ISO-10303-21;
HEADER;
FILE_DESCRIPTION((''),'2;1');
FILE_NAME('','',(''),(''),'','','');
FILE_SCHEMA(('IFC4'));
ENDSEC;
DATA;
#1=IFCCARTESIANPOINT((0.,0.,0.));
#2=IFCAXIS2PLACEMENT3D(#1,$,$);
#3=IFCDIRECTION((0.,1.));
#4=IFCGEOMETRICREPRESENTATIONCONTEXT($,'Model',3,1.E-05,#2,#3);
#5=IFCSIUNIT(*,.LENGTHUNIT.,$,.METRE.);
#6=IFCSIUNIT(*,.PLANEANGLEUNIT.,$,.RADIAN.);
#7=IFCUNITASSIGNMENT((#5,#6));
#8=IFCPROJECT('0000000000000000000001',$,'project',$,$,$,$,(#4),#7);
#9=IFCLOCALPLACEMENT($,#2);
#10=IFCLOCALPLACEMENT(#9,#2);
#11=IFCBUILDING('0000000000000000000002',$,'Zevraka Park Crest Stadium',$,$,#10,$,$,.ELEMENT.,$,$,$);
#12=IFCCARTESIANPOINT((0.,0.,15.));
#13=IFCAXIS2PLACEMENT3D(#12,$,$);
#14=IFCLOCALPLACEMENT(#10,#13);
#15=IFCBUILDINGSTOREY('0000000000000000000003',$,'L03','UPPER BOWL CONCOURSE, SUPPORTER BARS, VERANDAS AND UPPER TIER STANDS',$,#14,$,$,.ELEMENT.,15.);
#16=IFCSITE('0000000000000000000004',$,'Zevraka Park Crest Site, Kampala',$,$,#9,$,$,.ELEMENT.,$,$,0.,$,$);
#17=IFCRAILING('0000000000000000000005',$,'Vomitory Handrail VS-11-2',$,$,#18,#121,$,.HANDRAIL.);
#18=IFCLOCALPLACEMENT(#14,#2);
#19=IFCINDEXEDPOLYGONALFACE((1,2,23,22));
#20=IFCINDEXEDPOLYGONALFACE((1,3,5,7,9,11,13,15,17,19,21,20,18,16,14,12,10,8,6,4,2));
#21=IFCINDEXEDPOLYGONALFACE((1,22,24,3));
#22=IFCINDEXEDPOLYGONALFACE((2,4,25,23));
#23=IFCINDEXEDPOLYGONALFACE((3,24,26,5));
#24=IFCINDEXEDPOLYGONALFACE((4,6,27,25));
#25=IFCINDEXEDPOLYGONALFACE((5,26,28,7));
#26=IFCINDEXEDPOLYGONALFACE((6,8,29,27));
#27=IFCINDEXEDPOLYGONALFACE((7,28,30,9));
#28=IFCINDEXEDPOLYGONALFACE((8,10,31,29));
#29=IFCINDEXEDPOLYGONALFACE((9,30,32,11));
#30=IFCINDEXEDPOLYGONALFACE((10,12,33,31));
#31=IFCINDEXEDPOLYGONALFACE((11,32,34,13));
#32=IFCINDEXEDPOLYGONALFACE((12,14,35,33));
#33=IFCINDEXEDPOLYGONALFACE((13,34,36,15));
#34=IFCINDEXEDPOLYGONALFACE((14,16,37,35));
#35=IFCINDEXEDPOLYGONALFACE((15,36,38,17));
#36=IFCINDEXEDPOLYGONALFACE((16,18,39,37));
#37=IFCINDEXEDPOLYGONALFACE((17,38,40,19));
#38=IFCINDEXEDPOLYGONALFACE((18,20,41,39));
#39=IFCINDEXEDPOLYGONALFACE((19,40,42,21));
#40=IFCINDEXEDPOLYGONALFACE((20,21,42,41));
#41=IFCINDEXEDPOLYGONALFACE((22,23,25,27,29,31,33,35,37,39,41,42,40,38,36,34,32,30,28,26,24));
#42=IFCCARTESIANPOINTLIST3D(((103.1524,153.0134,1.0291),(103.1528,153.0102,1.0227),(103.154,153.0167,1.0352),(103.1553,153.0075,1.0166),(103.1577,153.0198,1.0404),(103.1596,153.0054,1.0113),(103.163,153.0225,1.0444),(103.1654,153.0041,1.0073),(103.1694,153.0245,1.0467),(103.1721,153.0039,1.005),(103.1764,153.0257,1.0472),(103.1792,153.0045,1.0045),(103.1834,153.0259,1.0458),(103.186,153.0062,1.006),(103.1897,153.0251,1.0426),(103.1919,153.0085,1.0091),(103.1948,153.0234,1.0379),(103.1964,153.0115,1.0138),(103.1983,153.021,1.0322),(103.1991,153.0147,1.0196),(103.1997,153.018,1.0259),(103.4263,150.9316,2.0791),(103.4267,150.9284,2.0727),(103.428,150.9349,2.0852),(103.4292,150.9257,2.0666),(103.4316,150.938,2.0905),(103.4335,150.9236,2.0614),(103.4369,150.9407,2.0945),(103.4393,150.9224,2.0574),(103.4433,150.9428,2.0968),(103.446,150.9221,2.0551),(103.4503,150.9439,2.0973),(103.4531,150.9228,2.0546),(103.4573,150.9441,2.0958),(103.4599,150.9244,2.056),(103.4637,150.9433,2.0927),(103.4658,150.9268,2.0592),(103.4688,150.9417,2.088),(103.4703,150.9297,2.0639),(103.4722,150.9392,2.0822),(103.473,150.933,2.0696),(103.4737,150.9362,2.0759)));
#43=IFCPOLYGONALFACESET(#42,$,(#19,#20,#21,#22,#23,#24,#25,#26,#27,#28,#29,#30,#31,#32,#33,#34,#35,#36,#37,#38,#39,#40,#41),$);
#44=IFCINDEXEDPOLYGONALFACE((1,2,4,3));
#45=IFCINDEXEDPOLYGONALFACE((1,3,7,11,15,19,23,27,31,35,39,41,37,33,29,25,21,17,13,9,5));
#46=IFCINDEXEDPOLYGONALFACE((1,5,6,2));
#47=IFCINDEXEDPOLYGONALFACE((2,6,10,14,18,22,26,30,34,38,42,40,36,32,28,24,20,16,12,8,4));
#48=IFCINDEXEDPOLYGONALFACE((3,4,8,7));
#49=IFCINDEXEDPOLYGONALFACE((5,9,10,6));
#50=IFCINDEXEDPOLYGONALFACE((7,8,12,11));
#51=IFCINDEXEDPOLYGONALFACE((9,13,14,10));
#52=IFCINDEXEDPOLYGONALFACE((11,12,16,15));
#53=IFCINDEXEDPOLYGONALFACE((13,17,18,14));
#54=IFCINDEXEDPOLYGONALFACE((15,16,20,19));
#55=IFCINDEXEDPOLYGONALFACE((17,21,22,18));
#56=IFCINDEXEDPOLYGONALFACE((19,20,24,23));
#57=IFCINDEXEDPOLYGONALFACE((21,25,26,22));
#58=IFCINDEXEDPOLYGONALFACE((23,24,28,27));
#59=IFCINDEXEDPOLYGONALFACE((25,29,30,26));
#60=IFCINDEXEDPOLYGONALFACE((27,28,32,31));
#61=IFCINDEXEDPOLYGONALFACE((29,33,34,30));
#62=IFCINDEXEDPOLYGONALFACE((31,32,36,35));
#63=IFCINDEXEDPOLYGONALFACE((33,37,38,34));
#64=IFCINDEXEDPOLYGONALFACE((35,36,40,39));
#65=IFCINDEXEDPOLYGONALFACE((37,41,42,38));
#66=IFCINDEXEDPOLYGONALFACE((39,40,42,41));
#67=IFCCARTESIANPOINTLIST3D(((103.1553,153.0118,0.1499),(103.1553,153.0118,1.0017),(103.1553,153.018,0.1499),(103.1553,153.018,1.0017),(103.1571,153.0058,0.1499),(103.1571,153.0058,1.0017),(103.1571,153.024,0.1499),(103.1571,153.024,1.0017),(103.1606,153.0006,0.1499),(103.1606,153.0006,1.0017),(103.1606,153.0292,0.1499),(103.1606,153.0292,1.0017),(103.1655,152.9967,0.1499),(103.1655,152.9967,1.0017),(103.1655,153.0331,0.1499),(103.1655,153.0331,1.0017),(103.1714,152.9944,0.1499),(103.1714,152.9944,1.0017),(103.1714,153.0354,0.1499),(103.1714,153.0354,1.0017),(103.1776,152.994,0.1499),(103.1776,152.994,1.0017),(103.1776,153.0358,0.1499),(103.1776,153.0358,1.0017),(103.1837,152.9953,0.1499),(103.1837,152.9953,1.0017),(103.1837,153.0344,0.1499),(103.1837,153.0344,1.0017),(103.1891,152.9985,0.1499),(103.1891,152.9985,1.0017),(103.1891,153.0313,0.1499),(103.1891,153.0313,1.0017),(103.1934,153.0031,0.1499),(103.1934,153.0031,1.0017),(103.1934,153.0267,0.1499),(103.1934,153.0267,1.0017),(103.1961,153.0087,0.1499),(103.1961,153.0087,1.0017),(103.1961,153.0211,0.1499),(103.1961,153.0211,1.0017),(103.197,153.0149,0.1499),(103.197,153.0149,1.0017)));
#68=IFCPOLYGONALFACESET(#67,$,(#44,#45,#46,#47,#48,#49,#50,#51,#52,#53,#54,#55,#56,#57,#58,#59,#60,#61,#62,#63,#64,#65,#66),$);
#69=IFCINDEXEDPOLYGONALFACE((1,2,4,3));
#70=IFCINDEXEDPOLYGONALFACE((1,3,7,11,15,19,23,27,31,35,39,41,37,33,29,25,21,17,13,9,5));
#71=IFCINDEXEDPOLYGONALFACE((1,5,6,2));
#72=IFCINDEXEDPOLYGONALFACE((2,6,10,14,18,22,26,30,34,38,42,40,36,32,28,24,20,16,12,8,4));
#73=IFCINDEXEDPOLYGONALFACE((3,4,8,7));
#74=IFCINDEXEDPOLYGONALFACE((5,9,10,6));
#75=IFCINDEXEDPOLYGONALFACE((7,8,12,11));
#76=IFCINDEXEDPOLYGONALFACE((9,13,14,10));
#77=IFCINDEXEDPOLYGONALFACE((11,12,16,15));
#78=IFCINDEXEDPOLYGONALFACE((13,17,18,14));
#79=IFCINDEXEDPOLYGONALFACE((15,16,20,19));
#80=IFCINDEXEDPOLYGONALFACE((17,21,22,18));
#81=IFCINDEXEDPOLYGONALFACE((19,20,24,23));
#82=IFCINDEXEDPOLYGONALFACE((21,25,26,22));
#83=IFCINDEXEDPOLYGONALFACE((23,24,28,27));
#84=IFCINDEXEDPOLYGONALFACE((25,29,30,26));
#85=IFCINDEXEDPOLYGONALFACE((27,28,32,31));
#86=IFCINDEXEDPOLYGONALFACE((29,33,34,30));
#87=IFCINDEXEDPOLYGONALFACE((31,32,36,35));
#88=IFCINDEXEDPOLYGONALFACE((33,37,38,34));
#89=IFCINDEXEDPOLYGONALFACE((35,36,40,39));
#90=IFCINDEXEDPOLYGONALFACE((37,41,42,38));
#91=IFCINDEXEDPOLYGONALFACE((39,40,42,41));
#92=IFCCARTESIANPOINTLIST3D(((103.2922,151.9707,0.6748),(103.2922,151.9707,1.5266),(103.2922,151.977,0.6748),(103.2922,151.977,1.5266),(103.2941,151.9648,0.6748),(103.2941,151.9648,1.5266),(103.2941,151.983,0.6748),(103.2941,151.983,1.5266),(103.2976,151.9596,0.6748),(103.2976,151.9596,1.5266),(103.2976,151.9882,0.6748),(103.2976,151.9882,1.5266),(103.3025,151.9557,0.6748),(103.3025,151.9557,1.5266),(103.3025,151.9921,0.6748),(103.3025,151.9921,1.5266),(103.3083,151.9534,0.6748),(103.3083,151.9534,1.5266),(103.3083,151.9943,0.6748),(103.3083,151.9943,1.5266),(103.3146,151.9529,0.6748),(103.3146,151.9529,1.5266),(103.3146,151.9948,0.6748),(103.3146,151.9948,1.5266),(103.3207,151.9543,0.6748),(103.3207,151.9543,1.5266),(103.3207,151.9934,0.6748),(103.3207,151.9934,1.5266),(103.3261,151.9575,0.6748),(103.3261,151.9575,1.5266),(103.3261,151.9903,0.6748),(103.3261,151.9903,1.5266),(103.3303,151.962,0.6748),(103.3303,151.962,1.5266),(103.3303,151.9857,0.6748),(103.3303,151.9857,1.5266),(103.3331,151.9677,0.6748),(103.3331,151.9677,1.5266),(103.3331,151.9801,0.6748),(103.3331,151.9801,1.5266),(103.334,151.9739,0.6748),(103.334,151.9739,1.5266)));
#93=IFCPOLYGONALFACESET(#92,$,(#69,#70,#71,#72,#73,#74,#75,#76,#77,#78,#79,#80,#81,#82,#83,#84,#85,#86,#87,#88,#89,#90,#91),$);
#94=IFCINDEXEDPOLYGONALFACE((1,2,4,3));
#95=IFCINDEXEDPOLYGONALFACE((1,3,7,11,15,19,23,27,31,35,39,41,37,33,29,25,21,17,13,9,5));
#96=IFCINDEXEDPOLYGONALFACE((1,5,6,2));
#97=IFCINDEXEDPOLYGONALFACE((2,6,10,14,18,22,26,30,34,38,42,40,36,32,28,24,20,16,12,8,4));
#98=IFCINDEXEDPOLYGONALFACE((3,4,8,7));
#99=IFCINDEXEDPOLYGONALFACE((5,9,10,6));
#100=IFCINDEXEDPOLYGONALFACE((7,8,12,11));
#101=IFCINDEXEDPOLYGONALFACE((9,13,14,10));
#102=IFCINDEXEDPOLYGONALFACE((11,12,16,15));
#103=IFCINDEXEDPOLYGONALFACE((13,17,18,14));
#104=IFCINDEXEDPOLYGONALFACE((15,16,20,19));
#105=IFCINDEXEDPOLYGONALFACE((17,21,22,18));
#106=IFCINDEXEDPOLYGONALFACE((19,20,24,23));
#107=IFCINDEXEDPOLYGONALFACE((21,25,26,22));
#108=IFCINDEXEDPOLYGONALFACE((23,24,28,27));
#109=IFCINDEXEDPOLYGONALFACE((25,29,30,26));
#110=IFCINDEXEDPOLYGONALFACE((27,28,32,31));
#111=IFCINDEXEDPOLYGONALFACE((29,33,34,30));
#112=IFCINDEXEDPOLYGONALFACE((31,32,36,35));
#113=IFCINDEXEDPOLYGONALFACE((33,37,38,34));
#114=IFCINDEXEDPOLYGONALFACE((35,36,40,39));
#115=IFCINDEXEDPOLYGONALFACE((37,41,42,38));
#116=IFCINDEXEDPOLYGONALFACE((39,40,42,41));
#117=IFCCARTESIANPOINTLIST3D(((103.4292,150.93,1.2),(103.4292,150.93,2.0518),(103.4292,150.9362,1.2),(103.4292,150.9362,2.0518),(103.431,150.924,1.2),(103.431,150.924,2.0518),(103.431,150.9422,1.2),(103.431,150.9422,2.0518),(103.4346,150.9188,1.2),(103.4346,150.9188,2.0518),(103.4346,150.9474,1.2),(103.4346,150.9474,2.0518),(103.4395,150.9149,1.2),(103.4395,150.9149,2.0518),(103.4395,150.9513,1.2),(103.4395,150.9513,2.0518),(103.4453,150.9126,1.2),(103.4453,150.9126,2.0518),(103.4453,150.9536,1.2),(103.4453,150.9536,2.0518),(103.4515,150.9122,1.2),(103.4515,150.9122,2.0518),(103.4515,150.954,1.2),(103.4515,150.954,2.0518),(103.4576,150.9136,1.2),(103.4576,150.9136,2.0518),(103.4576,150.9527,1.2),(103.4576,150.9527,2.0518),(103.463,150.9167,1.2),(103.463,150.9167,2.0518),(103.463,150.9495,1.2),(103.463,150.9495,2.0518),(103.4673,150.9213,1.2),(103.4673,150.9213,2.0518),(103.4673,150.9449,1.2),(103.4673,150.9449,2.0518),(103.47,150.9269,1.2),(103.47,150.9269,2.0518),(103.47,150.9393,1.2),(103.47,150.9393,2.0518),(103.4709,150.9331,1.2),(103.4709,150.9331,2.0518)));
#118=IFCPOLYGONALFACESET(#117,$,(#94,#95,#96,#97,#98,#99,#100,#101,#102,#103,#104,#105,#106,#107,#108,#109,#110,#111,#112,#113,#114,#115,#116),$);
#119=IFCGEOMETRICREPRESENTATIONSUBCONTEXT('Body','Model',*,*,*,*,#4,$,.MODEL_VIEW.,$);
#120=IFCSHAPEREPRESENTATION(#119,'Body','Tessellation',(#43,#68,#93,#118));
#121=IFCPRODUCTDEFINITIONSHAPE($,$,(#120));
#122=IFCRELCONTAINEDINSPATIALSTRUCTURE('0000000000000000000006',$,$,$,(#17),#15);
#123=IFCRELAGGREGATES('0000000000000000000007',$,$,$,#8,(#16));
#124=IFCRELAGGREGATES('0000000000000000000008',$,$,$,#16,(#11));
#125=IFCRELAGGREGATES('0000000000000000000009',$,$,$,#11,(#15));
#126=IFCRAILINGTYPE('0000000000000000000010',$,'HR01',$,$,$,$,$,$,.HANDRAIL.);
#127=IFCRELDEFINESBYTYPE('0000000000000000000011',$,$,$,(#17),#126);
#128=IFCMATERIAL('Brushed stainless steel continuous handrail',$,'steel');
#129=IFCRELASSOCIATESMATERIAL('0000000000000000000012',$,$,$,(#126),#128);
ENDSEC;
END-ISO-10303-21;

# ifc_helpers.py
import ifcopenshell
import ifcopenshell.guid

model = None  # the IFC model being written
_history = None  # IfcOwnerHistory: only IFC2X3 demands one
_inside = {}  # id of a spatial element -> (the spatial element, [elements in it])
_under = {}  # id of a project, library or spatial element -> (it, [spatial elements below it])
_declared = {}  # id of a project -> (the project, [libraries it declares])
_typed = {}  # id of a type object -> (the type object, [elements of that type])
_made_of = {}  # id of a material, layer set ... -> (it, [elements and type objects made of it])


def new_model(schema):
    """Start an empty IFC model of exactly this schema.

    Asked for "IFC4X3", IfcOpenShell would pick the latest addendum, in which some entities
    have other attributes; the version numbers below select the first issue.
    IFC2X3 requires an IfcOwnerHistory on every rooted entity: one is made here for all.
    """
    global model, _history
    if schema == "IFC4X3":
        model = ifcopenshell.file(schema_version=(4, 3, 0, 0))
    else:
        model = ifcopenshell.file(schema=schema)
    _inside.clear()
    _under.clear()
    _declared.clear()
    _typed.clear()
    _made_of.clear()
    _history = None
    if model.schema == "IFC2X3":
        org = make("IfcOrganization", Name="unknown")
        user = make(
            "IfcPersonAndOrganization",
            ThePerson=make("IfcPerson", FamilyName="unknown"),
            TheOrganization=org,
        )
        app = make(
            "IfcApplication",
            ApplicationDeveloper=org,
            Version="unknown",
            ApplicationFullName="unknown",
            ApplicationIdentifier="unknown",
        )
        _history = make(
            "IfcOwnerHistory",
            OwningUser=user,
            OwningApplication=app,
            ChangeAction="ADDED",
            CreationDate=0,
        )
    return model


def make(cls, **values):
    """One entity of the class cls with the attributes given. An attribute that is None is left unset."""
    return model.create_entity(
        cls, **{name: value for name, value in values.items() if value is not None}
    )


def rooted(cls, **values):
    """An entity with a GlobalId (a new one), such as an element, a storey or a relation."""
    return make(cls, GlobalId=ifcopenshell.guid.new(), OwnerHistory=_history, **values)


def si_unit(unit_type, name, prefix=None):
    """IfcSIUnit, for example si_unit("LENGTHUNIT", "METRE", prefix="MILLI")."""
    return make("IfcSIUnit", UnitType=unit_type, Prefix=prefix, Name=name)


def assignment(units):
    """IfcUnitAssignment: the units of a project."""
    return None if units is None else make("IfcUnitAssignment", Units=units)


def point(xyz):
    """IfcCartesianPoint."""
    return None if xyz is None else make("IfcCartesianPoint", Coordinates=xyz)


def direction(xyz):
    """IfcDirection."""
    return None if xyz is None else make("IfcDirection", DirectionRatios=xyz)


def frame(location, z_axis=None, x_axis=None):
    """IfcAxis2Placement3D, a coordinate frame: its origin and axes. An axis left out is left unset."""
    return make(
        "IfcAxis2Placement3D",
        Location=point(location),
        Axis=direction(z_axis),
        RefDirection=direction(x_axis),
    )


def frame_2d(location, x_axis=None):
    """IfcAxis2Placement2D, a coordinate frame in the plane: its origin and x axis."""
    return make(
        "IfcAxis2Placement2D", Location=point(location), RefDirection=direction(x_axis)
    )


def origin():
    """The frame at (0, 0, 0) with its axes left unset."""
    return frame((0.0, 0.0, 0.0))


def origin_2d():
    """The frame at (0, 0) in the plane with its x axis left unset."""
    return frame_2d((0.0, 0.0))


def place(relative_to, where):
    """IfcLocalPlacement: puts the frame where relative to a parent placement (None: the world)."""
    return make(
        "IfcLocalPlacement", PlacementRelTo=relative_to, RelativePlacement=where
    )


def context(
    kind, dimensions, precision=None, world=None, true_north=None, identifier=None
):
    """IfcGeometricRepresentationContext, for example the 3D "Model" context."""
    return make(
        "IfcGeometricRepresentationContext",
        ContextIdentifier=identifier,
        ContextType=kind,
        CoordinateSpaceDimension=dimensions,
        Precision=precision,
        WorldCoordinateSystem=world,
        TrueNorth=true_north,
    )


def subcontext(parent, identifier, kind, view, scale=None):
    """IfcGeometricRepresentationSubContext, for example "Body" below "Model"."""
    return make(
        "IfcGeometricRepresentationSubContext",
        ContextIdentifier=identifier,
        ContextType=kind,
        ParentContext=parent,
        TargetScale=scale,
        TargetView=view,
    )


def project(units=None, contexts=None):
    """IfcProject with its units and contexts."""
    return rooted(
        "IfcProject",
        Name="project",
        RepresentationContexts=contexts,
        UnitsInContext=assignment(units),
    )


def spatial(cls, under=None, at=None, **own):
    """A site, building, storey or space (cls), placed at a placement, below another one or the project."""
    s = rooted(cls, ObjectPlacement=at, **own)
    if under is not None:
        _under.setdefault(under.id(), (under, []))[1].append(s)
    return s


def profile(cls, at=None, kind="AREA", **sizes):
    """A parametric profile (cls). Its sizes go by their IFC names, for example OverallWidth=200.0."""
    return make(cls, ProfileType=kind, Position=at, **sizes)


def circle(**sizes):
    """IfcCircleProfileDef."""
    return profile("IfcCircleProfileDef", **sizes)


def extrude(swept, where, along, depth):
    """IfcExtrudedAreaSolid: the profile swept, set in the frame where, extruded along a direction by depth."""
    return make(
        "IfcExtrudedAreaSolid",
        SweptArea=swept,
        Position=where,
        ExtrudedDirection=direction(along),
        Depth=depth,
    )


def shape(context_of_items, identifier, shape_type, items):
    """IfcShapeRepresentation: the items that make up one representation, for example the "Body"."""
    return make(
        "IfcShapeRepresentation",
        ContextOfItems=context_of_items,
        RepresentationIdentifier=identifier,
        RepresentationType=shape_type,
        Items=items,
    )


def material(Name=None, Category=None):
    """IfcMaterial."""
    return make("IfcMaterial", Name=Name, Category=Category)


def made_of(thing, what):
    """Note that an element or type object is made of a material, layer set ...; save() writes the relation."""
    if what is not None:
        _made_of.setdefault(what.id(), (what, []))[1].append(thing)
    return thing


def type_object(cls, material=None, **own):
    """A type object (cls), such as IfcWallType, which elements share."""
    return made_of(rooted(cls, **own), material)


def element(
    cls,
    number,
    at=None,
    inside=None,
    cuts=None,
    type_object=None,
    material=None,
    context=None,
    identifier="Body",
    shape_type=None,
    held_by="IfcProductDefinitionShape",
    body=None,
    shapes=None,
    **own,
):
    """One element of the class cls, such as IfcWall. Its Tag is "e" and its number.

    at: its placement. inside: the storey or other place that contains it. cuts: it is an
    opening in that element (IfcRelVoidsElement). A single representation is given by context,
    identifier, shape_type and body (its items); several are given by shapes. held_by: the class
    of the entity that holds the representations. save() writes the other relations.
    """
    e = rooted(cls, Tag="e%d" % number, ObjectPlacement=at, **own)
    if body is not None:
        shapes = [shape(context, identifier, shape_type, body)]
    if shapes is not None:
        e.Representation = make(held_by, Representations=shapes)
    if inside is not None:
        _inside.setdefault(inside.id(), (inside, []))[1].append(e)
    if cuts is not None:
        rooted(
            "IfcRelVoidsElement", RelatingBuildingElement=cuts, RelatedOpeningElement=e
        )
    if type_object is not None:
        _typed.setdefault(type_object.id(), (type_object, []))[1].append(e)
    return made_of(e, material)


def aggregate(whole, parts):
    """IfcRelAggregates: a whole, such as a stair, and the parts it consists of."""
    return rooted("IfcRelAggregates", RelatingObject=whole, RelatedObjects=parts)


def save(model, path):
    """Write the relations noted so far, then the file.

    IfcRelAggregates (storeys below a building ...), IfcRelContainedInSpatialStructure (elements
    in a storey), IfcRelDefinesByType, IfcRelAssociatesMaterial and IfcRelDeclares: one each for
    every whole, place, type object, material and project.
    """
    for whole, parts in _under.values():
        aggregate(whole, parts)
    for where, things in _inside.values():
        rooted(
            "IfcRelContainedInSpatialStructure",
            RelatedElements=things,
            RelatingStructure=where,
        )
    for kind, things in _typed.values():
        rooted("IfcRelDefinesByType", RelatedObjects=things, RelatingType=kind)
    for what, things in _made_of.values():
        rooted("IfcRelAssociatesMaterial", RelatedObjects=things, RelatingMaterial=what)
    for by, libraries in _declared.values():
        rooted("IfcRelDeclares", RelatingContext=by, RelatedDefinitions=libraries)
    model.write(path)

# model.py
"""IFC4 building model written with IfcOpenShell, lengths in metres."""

from ifc_helpers import new_model, si_unit, direction, frame, origin, origin_2d, place, context, subcontext, project, spatial, circle, extrude, material, type_object, element, save


model = new_model("IFC4")

# Units and contexts
model_context = context("Model", 3, precision=1e-05, world=origin(), true_north=direction((0.0, 1.0)))
body_context = subcontext(model_context, "Body", "Model", "MODEL_VIEW")
ifc_project = project(units=[si_unit("LENGTHUNIT", "METRE"), si_unit("PLANEANGLEUNIT", "RADIAN")], contexts=[model_context])

# Site, building, storey
site_placement = place(None, origin())
site = spatial("IfcSite", under=ifc_project, at=site_placement, Name="Zevraka Park Crest Site, Kampala", CompositionType="ELEMENT", RefElevation=0.0)
building_placement = place(site_placement, origin())
building = spatial("IfcBuilding", under=site, at=building_placement, Name="Zevraka Park Crest Stadium", CompositionType="ELEMENT")
storey_placement = place(building_placement, frame((0.0, 0.0, 15.0)))
storey = spatial("IfcBuildingStorey", under=building, at=storey_placement, Name="L03", Description="UPPER BOWL CONCOURSE, SUPPORTER BARS, VERANDAS AND UPPER TIER STANDS", CompositionType="ELEMENT", Elevation=15.0)

# Railing
ifc_material_1 = material(Name="Brushed stainless steel continuous handrail", Category="steel")
railing_type_1 = type_object("IfcRailingType", Name="HR01", PredefinedType="HANDRAIL", material=ifc_material_1)
railing_1_placement = place(storey_placement, frame((103.176, 153.0149, 0.1499)))
element("IfcRailing", 1, at=railing_1_placement, inside=storey, type_object=railing_type_1, Name="Vomitory Handrail VS-11-2", PredefinedType="HANDRAIL", context=body_context, shape_type="SweptSolid", body=[
    extrude(circle(Radius=0.0239, at=origin_2d()), frame((0.0, 0.0, 0.876), z_axis=(0.116681, -0.886752, 0.447276), x_axis=(0.991454, 0.130458, 0.0)), (0.0, 0.0, 1.0), 2.3477),
    extrude(circle(Radius=0.021, at=origin_2d()), origin(), (0.0, 0.0, 1.0), 0.8518),
    extrude(circle(Radius=0.021, at=origin_2d()), frame((0.137, -1.041, 0.5249)), (0.0, 0.0, 1.0), 0.8518),
    extrude(circle(Radius=0.021, at=origin_2d()), frame((0.2739, -2.0818, 1.05)), (0.0, 0.0, 1.0), 0.8518),
])

save(model, "model.ifc")
